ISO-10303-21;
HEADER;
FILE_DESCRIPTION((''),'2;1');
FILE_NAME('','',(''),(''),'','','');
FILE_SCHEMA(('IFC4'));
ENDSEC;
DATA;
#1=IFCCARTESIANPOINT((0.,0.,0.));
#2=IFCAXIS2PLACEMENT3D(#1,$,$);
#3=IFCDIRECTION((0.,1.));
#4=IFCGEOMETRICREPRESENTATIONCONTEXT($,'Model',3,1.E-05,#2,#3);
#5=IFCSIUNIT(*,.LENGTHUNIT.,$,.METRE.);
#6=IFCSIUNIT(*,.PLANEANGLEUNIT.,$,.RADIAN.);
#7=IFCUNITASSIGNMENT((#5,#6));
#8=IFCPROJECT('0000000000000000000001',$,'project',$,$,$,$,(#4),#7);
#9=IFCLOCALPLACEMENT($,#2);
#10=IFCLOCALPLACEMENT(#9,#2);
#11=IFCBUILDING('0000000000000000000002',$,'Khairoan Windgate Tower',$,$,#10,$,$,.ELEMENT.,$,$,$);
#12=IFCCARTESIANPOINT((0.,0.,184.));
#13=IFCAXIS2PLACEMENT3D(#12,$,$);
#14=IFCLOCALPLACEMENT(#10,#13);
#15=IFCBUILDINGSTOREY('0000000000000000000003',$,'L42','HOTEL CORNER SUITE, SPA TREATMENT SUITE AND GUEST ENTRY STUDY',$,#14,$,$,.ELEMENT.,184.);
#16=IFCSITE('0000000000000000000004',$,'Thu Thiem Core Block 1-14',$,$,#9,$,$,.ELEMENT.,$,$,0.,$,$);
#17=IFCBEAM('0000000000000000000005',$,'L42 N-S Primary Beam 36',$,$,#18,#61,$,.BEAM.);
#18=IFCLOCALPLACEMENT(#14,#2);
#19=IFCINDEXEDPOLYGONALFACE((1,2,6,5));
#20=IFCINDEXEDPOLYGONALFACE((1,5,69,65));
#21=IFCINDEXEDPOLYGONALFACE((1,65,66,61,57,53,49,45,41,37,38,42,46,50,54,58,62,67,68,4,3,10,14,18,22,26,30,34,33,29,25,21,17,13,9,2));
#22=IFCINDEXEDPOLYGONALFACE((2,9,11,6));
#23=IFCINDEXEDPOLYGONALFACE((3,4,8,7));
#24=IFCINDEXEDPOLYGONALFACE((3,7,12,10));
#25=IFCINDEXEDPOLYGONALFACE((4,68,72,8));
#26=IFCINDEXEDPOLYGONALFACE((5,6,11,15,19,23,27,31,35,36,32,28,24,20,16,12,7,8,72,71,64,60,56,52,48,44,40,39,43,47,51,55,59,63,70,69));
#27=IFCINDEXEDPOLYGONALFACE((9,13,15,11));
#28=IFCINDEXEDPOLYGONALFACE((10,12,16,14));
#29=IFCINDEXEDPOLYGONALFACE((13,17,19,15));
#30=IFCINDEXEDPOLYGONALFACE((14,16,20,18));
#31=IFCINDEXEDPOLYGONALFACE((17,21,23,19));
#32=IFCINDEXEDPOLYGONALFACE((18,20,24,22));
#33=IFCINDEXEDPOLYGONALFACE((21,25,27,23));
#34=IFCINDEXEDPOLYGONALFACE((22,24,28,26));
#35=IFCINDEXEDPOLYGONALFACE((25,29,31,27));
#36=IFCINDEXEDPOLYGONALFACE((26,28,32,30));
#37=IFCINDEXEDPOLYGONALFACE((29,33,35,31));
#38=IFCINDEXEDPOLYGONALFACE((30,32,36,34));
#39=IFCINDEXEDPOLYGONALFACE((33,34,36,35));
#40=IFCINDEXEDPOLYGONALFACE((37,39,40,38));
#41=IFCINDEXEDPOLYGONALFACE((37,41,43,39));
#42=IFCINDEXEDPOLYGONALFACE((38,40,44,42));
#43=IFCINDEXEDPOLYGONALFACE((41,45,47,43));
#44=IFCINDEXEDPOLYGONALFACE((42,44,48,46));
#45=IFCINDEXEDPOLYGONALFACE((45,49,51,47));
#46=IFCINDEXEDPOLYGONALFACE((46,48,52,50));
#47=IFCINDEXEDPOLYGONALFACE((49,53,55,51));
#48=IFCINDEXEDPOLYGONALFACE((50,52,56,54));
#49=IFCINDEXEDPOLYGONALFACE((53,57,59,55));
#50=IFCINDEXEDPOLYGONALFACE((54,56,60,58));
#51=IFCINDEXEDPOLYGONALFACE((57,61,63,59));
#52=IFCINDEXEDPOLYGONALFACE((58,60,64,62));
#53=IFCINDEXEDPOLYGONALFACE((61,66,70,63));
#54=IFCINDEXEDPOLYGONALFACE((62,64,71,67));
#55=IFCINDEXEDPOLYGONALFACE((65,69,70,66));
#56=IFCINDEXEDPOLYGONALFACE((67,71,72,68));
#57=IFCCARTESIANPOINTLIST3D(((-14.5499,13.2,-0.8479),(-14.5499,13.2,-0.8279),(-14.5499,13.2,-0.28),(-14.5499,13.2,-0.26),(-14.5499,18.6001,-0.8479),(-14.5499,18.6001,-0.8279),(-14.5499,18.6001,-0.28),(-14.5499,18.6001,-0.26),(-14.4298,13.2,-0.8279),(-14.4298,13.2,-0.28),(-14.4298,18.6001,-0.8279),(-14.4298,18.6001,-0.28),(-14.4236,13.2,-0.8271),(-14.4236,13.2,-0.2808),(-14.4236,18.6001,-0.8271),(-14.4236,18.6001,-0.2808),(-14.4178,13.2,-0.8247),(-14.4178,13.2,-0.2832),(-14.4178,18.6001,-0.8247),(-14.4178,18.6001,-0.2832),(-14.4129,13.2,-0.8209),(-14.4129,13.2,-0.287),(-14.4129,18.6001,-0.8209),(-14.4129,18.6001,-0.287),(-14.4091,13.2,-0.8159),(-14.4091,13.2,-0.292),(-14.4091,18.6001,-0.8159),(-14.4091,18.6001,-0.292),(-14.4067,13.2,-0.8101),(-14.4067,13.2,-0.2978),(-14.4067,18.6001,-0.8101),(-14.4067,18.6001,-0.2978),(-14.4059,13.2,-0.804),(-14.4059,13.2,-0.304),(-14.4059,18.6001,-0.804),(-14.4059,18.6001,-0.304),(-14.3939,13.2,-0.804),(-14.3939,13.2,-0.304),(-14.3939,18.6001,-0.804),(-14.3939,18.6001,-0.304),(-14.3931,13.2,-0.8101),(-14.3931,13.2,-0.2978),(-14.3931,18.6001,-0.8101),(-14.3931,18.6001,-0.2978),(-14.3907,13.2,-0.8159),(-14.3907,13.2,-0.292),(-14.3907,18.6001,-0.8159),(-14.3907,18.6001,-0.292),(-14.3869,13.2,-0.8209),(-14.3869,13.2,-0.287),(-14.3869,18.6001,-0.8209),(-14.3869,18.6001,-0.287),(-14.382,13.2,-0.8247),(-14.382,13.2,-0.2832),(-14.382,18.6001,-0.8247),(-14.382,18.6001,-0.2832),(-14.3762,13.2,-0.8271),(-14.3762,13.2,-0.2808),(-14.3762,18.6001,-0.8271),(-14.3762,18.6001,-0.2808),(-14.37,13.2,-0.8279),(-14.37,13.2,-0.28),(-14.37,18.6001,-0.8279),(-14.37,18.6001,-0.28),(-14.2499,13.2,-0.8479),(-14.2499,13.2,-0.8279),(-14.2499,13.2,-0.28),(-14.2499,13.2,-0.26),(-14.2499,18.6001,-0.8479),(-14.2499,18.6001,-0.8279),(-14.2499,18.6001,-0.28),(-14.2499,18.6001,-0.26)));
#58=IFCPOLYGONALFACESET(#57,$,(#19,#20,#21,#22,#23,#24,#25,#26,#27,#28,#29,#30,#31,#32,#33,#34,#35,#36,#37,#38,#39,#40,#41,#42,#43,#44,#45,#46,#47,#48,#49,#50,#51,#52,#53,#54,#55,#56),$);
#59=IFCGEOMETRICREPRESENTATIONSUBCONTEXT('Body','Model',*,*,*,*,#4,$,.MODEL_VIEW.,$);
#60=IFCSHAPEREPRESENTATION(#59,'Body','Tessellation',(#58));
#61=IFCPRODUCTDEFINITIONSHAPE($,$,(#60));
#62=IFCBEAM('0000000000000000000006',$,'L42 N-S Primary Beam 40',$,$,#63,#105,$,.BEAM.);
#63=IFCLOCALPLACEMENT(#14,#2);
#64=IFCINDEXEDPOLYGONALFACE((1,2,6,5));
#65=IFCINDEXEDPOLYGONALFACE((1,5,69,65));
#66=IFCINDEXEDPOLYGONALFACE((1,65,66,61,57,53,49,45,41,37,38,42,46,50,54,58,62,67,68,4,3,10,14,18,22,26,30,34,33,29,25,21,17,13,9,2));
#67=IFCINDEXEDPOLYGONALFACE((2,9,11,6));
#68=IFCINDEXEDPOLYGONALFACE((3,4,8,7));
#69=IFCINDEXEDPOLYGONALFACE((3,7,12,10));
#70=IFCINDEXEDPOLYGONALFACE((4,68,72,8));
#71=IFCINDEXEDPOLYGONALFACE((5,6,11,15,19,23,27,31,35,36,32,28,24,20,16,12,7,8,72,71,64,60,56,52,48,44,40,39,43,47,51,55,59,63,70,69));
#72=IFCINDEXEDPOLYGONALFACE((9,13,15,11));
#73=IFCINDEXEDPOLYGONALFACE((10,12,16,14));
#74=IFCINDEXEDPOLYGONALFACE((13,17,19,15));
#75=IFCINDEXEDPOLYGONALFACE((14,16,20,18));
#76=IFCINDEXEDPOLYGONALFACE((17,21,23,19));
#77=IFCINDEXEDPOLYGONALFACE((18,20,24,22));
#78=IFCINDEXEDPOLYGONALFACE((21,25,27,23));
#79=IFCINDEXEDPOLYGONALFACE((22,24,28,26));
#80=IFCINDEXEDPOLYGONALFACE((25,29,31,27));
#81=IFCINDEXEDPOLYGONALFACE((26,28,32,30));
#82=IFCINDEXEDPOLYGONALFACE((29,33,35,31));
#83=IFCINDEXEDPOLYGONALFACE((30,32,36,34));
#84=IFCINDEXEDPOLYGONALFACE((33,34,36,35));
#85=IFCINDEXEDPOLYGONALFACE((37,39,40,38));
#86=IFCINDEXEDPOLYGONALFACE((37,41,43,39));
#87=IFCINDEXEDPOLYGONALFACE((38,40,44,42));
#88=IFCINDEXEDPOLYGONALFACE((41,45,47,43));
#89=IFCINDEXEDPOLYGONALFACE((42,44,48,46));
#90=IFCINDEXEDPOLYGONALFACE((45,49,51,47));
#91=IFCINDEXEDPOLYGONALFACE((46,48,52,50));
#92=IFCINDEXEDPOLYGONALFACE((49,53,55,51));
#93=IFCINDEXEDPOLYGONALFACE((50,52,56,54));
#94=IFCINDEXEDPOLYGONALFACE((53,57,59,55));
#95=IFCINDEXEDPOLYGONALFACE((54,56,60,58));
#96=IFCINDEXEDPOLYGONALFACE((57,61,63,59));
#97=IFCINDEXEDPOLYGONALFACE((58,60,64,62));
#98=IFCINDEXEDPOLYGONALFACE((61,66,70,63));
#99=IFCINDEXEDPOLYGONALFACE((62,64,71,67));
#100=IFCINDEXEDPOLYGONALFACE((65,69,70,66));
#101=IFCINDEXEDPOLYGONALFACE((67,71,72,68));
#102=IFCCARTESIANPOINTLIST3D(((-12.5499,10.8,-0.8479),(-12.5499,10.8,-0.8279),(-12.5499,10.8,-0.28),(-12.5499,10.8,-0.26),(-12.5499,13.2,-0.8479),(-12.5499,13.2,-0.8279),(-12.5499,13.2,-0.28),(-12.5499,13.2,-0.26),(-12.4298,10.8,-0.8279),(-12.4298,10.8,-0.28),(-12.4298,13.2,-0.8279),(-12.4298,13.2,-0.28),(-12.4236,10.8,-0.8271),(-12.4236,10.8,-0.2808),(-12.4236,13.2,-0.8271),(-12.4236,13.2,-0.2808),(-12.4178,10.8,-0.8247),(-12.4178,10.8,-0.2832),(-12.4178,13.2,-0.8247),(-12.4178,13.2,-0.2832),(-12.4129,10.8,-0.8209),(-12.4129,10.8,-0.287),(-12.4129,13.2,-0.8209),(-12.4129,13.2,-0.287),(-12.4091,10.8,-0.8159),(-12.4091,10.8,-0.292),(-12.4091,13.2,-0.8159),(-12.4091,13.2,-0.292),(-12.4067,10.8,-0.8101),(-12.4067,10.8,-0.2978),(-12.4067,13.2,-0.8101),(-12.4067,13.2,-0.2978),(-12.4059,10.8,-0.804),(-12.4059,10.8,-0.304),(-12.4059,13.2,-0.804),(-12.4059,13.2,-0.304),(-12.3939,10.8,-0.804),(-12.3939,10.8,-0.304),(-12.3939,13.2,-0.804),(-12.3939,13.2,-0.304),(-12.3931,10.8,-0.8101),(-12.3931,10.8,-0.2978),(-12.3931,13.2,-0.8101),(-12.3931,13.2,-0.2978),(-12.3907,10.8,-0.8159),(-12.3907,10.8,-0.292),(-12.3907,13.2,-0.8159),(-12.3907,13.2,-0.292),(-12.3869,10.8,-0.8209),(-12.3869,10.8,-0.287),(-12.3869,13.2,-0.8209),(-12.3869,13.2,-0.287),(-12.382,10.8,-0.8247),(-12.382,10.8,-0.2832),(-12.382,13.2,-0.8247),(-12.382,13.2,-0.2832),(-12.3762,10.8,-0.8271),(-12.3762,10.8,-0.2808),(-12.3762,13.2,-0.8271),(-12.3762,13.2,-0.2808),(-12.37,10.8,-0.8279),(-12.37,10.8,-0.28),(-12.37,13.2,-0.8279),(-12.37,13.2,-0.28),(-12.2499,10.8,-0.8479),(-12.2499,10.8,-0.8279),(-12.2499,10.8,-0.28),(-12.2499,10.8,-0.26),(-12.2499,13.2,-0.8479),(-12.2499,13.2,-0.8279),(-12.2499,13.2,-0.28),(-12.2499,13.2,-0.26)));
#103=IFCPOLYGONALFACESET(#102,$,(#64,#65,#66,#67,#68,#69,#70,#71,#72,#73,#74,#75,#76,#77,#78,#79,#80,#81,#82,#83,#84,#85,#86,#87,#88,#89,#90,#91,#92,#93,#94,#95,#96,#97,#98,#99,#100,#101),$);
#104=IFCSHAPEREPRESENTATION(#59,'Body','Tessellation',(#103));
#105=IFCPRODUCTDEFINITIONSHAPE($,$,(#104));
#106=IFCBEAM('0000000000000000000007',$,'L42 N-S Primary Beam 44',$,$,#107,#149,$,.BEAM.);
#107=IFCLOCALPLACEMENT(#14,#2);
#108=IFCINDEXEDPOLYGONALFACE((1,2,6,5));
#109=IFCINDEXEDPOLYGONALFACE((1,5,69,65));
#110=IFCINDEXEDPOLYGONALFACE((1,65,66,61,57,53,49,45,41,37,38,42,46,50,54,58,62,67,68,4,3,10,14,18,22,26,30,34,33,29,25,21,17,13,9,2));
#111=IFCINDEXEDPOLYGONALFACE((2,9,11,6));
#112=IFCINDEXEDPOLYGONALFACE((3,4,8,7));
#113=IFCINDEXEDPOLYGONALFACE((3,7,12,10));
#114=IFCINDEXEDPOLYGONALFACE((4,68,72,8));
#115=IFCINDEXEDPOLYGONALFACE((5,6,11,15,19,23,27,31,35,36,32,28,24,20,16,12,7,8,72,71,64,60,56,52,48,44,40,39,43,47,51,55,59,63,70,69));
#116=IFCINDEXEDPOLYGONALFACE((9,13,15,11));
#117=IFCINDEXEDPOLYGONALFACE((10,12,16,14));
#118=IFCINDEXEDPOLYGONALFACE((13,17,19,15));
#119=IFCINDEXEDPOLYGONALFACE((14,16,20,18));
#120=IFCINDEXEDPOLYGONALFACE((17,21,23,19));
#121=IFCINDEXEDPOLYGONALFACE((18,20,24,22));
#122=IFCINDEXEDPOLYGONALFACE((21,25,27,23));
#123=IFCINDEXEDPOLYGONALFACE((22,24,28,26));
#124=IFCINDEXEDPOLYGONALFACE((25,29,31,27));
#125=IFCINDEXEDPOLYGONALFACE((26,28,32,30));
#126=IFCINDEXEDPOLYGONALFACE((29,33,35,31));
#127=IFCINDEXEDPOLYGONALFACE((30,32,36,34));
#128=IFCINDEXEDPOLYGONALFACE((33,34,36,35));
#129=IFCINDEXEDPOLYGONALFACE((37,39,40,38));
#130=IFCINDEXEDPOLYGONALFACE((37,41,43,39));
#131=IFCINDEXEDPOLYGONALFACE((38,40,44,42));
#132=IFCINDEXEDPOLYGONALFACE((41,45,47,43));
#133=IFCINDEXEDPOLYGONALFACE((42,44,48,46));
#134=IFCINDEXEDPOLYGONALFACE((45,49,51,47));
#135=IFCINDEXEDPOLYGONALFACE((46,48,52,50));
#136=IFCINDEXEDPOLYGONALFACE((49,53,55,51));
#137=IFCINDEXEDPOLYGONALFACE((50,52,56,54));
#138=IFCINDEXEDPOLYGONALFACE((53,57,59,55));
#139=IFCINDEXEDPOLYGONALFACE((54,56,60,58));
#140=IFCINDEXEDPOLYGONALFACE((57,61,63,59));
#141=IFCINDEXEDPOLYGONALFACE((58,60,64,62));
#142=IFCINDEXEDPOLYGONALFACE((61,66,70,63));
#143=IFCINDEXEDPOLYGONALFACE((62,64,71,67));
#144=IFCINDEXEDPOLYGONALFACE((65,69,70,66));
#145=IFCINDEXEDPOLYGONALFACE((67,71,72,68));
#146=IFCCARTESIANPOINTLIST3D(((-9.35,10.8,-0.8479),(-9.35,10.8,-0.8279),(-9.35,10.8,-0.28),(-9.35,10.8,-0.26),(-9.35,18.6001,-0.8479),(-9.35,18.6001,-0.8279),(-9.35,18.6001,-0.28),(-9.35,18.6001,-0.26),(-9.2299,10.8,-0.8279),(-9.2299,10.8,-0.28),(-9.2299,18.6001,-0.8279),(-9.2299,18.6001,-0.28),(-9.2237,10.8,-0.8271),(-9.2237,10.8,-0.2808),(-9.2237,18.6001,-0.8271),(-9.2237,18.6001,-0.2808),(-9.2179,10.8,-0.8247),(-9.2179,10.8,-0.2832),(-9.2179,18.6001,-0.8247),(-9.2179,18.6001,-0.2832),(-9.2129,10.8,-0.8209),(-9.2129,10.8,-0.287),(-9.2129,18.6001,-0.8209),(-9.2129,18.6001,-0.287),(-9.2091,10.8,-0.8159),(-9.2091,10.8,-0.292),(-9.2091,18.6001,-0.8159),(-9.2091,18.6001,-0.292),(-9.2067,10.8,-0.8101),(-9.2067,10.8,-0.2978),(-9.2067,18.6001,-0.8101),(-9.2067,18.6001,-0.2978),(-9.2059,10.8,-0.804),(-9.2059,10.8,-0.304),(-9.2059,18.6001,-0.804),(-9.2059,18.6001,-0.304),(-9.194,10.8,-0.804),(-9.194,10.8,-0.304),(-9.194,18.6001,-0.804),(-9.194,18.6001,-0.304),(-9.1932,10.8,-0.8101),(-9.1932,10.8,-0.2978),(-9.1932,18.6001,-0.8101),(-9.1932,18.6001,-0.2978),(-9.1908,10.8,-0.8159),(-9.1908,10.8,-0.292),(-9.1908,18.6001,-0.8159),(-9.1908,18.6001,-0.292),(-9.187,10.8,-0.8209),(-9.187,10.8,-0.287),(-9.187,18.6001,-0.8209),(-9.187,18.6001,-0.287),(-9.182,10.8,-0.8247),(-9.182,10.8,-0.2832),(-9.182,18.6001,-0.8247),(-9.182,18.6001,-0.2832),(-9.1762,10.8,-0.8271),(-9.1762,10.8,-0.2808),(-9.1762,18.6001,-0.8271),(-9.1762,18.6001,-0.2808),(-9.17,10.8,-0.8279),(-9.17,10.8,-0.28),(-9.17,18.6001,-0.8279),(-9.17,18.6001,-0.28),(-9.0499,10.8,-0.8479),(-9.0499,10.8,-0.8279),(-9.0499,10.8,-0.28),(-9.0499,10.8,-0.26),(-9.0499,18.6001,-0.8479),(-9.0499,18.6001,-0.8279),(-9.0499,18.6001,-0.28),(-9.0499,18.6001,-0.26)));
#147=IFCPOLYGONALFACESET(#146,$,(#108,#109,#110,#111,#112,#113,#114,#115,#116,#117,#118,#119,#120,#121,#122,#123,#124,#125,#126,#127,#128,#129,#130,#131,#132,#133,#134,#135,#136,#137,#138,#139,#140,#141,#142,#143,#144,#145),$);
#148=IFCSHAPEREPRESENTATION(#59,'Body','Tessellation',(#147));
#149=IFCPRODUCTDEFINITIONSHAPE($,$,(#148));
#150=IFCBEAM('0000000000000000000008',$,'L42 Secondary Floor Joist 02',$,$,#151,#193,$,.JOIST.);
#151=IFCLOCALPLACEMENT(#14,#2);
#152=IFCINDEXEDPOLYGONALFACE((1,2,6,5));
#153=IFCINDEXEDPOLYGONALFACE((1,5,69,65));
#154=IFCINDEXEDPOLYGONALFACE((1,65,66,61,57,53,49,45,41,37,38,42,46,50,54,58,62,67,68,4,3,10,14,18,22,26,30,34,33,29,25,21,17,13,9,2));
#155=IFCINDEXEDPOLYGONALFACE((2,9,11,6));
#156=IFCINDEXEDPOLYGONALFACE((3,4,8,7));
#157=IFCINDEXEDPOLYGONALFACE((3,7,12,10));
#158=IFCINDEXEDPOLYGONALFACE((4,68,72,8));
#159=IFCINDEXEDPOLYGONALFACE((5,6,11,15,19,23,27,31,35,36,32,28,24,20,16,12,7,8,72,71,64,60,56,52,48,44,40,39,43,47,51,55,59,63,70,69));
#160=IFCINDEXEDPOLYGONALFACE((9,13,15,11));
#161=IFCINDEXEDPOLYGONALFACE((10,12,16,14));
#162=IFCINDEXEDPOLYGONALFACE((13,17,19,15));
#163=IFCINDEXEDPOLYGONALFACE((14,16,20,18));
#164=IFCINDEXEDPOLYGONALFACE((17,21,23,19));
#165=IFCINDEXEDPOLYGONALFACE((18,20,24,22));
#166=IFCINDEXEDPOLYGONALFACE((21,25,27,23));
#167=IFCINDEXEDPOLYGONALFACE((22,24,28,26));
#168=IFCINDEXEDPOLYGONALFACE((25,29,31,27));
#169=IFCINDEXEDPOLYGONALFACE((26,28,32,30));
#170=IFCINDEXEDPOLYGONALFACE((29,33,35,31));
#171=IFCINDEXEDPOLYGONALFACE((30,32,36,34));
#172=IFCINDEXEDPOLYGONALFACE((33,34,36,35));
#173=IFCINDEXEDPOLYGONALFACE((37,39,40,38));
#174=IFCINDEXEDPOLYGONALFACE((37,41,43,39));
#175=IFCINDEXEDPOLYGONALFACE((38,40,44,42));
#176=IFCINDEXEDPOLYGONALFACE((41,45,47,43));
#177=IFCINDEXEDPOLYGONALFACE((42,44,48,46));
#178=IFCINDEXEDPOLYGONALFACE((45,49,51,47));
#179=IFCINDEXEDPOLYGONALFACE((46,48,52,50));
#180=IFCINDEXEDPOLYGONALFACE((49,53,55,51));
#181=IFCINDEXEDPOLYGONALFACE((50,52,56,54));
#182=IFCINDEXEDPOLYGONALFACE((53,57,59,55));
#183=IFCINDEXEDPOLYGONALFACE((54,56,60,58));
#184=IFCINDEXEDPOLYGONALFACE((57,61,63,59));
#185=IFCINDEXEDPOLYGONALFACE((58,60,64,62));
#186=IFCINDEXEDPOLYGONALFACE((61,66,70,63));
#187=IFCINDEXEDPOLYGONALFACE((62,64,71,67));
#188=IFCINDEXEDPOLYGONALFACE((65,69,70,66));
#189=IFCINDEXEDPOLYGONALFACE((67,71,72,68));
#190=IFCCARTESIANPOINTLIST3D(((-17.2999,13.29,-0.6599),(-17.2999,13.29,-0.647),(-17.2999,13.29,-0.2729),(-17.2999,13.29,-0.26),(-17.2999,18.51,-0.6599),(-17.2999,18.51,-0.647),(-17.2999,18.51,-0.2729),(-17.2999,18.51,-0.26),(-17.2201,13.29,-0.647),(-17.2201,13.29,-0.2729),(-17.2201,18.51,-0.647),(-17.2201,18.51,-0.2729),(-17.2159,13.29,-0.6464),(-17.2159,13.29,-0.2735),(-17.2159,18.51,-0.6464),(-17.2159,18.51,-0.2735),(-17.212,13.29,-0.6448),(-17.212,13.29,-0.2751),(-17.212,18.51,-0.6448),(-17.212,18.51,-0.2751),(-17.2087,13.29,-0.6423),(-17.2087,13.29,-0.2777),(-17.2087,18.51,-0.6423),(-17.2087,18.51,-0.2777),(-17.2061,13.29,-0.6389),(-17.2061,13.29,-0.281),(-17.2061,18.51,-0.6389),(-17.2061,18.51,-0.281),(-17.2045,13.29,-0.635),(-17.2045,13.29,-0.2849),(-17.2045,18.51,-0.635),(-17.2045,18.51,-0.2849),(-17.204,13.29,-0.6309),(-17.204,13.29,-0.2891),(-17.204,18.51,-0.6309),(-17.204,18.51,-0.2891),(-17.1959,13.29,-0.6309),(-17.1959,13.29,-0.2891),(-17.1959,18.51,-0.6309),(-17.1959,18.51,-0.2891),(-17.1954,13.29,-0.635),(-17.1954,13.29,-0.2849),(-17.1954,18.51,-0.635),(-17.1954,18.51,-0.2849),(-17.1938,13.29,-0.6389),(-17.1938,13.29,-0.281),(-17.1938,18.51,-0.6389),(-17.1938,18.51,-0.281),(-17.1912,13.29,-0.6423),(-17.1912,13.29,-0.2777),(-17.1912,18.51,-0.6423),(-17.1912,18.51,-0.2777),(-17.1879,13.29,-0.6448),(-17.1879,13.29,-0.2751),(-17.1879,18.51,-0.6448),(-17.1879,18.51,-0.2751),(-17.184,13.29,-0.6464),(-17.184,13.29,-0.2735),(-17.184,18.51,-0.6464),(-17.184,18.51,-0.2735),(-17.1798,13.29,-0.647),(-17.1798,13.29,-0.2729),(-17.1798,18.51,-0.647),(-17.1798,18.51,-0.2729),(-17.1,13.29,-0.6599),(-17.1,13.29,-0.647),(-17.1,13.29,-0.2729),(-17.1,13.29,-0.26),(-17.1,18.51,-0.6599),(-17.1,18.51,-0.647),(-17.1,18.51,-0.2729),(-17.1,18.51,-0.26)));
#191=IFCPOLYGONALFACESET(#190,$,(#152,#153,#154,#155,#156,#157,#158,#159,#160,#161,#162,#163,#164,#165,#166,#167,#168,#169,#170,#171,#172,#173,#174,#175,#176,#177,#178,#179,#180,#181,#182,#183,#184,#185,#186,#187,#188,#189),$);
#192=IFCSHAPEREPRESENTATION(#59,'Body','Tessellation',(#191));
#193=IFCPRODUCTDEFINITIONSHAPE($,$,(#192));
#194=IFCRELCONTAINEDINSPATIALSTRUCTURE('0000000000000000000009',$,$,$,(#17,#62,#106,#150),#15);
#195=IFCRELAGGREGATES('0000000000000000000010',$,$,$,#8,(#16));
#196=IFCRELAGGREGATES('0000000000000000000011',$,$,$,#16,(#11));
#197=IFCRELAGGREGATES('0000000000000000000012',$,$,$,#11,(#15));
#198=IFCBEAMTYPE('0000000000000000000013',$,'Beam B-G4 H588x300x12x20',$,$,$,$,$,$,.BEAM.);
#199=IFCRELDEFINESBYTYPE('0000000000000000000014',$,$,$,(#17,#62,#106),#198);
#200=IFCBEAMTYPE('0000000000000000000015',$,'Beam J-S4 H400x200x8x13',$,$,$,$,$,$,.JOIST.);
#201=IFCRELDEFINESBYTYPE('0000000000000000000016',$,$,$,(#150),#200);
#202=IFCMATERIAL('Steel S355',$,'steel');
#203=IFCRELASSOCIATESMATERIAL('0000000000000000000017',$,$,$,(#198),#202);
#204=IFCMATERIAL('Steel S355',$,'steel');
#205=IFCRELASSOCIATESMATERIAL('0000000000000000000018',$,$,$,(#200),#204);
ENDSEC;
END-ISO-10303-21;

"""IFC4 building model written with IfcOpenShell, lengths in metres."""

from ifc_helpers import new_model, si_unit, direction, frame, origin, origin_2d, place, context, subcontext, project, spatial, i_section, extrude, material, material_profile, profile_set, type_object, element, save


model = new_model("IFC4")

# Units and contexts
model_context = context("Model", 3, precision=1e-05, world=origin(), true_north=direction((0.0, 1.0)))
body_context = subcontext(model_context, "Body", "Model", "MODEL_VIEW")
ifc_project = project(units=[si_unit("LENGTHUNIT", "METRE"), si_unit("PLANEANGLEUNIT", "RADIAN")], contexts=[model_context])

# Site, building, storey
site_placement = place(None, origin())
site = spatial("IfcSite", under=ifc_project, at=site_placement, Name="Thu Thiem Core Block 1-14", CompositionType="ELEMENT", RefElevation=0.0)
building_placement = place(site_placement, origin())
building = spatial("IfcBuilding", under=site, at=building_placement, Name="Khairoan Windgate Tower", CompositionType="ELEMENT")
storey_placement = place(building_placement, frame((0.0, 0.0, 184.0)))
storey = spatial("IfcBuildingStorey", under=building, at=storey_placement, Name="L42", Description="HOTEL CORNER SUITE, SPA TREATMENT SUITE AND GUEST ENTRY STUDY", CompositionType="ELEMENT", Elevation=184.0)

# Beams
ifc_material_1 = material(Name="Steel S355", Category="steel")
ifc_material_profile_1 = material_profile(ifc_material_1, i_section(OverallWidth=0.3, OverallDepth=0.5879, WebThickness=0.012, FlangeThickness=0.02, FilletRadius=0.0239, at=origin_2d()))
ifc_profile_set_1 = profile_set([ifc_material_profile_1], Name="Steel S355")
beam_type_1 = type_object("IfcBeamType", Name="Beam B-G4 H588x300x12x20", PredefinedType="BEAM", material=ifc_profile_set_1)
beam_1_placement = place(storey_placement, frame((-14.3999, 13.2, -0.554), z_axis=(0.0, 1.0, 0.0), x_axis=(-1.0, 0.0, 0.0)))
element("IfcBeam", 1, at=beam_1_placement, inside=storey, type_object=beam_type_1, Name="L42 N-S Primary Beam 36", PredefinedType="BEAM", context=body_context, shape_type="SweptSolid", body=[
    extrude(i_section(OverallWidth=0.3, OverallDepth=0.5879, WebThickness=0.012, FlangeThickness=0.02, FilletRadius=0.0239, at=origin_2d()), origin(), (0.0, 0.0, 1.0), 5.4001),
])
beam_2_placement = place(storey_placement, frame((-12.3999, 10.8, -0.554), z_axis=(0.0, 1.0, 0.0), x_axis=(-1.0, 0.0, 0.0)))
element("IfcBeam", 2, at=beam_2_placement, inside=storey, type_object=beam_type_1, Name="L42 N-S Primary Beam 40", PredefinedType="BEAM", context=body_context, shape_type="SweptSolid", body=[
    extrude(i_section(OverallWidth=0.3, OverallDepth=0.5879, WebThickness=0.012, FlangeThickness=0.02, FilletRadius=0.0239, at=origin_2d()), origin(), (0.0, 0.0, 1.0), 2.3999),
])
beam_3_placement = place(storey_placement, frame((-9.2, 10.8, -0.554), z_axis=(0.0, 1.0, 0.0), x_axis=(-1.0, 0.0, 0.0)))
element("IfcBeam", 3, at=beam_3_placement, inside=storey, type_object=beam_type_1, Name="L42 N-S Primary Beam 44", PredefinedType="BEAM", context=body_context, shape_type="SweptSolid", body=[
    extrude(i_section(OverallWidth=0.3, OverallDepth=0.5879, WebThickness=0.012, FlangeThickness=0.02, FilletRadius=0.0239, at=origin_2d()), origin(), (0.0, 0.0, 1.0), 7.8),
])
ifc_material_2 = material(Name="Steel S355", Category="steel")
ifc_material_profile_2 = material_profile(ifc_material_2, i_section(OverallWidth=0.2, OverallDepth=0.3999, WebThickness=0.0081, FlangeThickness=0.0129, FilletRadius=0.0161, at=origin_2d()))
ifc_profile_set_2 = profile_set([ifc_material_profile_2], Name="Steel S355")
beam_type_2 = type_object("IfcBeamType", Name="Beam J-S4 H400x200x8x13", PredefinedType="JOIST", material=ifc_profile_set_2)
beam_4_placement = place(storey_placement, frame((-17.2, 13.29, -0.46), z_axis=(0.0, 1.0, 0.0), x_axis=(-1.0, 0.0, 0.0)))
element("IfcBeam", 4, at=beam_4_placement, inside=storey, type_object=beam_type_2, Name="L42 Secondary Floor Joist 02", PredefinedType="JOIST", context=body_context, shape_type="SweptSolid", body=[
    extrude(i_section(OverallWidth=0.2, OverallDepth=0.3999, WebThickness=0.0081, FlangeThickness=0.0129, FilletRadius=0.0161, at=origin_2d()), origin(), (0.0, 0.0, 1.0), 5.22),
])

save(model, "model.ifc")
